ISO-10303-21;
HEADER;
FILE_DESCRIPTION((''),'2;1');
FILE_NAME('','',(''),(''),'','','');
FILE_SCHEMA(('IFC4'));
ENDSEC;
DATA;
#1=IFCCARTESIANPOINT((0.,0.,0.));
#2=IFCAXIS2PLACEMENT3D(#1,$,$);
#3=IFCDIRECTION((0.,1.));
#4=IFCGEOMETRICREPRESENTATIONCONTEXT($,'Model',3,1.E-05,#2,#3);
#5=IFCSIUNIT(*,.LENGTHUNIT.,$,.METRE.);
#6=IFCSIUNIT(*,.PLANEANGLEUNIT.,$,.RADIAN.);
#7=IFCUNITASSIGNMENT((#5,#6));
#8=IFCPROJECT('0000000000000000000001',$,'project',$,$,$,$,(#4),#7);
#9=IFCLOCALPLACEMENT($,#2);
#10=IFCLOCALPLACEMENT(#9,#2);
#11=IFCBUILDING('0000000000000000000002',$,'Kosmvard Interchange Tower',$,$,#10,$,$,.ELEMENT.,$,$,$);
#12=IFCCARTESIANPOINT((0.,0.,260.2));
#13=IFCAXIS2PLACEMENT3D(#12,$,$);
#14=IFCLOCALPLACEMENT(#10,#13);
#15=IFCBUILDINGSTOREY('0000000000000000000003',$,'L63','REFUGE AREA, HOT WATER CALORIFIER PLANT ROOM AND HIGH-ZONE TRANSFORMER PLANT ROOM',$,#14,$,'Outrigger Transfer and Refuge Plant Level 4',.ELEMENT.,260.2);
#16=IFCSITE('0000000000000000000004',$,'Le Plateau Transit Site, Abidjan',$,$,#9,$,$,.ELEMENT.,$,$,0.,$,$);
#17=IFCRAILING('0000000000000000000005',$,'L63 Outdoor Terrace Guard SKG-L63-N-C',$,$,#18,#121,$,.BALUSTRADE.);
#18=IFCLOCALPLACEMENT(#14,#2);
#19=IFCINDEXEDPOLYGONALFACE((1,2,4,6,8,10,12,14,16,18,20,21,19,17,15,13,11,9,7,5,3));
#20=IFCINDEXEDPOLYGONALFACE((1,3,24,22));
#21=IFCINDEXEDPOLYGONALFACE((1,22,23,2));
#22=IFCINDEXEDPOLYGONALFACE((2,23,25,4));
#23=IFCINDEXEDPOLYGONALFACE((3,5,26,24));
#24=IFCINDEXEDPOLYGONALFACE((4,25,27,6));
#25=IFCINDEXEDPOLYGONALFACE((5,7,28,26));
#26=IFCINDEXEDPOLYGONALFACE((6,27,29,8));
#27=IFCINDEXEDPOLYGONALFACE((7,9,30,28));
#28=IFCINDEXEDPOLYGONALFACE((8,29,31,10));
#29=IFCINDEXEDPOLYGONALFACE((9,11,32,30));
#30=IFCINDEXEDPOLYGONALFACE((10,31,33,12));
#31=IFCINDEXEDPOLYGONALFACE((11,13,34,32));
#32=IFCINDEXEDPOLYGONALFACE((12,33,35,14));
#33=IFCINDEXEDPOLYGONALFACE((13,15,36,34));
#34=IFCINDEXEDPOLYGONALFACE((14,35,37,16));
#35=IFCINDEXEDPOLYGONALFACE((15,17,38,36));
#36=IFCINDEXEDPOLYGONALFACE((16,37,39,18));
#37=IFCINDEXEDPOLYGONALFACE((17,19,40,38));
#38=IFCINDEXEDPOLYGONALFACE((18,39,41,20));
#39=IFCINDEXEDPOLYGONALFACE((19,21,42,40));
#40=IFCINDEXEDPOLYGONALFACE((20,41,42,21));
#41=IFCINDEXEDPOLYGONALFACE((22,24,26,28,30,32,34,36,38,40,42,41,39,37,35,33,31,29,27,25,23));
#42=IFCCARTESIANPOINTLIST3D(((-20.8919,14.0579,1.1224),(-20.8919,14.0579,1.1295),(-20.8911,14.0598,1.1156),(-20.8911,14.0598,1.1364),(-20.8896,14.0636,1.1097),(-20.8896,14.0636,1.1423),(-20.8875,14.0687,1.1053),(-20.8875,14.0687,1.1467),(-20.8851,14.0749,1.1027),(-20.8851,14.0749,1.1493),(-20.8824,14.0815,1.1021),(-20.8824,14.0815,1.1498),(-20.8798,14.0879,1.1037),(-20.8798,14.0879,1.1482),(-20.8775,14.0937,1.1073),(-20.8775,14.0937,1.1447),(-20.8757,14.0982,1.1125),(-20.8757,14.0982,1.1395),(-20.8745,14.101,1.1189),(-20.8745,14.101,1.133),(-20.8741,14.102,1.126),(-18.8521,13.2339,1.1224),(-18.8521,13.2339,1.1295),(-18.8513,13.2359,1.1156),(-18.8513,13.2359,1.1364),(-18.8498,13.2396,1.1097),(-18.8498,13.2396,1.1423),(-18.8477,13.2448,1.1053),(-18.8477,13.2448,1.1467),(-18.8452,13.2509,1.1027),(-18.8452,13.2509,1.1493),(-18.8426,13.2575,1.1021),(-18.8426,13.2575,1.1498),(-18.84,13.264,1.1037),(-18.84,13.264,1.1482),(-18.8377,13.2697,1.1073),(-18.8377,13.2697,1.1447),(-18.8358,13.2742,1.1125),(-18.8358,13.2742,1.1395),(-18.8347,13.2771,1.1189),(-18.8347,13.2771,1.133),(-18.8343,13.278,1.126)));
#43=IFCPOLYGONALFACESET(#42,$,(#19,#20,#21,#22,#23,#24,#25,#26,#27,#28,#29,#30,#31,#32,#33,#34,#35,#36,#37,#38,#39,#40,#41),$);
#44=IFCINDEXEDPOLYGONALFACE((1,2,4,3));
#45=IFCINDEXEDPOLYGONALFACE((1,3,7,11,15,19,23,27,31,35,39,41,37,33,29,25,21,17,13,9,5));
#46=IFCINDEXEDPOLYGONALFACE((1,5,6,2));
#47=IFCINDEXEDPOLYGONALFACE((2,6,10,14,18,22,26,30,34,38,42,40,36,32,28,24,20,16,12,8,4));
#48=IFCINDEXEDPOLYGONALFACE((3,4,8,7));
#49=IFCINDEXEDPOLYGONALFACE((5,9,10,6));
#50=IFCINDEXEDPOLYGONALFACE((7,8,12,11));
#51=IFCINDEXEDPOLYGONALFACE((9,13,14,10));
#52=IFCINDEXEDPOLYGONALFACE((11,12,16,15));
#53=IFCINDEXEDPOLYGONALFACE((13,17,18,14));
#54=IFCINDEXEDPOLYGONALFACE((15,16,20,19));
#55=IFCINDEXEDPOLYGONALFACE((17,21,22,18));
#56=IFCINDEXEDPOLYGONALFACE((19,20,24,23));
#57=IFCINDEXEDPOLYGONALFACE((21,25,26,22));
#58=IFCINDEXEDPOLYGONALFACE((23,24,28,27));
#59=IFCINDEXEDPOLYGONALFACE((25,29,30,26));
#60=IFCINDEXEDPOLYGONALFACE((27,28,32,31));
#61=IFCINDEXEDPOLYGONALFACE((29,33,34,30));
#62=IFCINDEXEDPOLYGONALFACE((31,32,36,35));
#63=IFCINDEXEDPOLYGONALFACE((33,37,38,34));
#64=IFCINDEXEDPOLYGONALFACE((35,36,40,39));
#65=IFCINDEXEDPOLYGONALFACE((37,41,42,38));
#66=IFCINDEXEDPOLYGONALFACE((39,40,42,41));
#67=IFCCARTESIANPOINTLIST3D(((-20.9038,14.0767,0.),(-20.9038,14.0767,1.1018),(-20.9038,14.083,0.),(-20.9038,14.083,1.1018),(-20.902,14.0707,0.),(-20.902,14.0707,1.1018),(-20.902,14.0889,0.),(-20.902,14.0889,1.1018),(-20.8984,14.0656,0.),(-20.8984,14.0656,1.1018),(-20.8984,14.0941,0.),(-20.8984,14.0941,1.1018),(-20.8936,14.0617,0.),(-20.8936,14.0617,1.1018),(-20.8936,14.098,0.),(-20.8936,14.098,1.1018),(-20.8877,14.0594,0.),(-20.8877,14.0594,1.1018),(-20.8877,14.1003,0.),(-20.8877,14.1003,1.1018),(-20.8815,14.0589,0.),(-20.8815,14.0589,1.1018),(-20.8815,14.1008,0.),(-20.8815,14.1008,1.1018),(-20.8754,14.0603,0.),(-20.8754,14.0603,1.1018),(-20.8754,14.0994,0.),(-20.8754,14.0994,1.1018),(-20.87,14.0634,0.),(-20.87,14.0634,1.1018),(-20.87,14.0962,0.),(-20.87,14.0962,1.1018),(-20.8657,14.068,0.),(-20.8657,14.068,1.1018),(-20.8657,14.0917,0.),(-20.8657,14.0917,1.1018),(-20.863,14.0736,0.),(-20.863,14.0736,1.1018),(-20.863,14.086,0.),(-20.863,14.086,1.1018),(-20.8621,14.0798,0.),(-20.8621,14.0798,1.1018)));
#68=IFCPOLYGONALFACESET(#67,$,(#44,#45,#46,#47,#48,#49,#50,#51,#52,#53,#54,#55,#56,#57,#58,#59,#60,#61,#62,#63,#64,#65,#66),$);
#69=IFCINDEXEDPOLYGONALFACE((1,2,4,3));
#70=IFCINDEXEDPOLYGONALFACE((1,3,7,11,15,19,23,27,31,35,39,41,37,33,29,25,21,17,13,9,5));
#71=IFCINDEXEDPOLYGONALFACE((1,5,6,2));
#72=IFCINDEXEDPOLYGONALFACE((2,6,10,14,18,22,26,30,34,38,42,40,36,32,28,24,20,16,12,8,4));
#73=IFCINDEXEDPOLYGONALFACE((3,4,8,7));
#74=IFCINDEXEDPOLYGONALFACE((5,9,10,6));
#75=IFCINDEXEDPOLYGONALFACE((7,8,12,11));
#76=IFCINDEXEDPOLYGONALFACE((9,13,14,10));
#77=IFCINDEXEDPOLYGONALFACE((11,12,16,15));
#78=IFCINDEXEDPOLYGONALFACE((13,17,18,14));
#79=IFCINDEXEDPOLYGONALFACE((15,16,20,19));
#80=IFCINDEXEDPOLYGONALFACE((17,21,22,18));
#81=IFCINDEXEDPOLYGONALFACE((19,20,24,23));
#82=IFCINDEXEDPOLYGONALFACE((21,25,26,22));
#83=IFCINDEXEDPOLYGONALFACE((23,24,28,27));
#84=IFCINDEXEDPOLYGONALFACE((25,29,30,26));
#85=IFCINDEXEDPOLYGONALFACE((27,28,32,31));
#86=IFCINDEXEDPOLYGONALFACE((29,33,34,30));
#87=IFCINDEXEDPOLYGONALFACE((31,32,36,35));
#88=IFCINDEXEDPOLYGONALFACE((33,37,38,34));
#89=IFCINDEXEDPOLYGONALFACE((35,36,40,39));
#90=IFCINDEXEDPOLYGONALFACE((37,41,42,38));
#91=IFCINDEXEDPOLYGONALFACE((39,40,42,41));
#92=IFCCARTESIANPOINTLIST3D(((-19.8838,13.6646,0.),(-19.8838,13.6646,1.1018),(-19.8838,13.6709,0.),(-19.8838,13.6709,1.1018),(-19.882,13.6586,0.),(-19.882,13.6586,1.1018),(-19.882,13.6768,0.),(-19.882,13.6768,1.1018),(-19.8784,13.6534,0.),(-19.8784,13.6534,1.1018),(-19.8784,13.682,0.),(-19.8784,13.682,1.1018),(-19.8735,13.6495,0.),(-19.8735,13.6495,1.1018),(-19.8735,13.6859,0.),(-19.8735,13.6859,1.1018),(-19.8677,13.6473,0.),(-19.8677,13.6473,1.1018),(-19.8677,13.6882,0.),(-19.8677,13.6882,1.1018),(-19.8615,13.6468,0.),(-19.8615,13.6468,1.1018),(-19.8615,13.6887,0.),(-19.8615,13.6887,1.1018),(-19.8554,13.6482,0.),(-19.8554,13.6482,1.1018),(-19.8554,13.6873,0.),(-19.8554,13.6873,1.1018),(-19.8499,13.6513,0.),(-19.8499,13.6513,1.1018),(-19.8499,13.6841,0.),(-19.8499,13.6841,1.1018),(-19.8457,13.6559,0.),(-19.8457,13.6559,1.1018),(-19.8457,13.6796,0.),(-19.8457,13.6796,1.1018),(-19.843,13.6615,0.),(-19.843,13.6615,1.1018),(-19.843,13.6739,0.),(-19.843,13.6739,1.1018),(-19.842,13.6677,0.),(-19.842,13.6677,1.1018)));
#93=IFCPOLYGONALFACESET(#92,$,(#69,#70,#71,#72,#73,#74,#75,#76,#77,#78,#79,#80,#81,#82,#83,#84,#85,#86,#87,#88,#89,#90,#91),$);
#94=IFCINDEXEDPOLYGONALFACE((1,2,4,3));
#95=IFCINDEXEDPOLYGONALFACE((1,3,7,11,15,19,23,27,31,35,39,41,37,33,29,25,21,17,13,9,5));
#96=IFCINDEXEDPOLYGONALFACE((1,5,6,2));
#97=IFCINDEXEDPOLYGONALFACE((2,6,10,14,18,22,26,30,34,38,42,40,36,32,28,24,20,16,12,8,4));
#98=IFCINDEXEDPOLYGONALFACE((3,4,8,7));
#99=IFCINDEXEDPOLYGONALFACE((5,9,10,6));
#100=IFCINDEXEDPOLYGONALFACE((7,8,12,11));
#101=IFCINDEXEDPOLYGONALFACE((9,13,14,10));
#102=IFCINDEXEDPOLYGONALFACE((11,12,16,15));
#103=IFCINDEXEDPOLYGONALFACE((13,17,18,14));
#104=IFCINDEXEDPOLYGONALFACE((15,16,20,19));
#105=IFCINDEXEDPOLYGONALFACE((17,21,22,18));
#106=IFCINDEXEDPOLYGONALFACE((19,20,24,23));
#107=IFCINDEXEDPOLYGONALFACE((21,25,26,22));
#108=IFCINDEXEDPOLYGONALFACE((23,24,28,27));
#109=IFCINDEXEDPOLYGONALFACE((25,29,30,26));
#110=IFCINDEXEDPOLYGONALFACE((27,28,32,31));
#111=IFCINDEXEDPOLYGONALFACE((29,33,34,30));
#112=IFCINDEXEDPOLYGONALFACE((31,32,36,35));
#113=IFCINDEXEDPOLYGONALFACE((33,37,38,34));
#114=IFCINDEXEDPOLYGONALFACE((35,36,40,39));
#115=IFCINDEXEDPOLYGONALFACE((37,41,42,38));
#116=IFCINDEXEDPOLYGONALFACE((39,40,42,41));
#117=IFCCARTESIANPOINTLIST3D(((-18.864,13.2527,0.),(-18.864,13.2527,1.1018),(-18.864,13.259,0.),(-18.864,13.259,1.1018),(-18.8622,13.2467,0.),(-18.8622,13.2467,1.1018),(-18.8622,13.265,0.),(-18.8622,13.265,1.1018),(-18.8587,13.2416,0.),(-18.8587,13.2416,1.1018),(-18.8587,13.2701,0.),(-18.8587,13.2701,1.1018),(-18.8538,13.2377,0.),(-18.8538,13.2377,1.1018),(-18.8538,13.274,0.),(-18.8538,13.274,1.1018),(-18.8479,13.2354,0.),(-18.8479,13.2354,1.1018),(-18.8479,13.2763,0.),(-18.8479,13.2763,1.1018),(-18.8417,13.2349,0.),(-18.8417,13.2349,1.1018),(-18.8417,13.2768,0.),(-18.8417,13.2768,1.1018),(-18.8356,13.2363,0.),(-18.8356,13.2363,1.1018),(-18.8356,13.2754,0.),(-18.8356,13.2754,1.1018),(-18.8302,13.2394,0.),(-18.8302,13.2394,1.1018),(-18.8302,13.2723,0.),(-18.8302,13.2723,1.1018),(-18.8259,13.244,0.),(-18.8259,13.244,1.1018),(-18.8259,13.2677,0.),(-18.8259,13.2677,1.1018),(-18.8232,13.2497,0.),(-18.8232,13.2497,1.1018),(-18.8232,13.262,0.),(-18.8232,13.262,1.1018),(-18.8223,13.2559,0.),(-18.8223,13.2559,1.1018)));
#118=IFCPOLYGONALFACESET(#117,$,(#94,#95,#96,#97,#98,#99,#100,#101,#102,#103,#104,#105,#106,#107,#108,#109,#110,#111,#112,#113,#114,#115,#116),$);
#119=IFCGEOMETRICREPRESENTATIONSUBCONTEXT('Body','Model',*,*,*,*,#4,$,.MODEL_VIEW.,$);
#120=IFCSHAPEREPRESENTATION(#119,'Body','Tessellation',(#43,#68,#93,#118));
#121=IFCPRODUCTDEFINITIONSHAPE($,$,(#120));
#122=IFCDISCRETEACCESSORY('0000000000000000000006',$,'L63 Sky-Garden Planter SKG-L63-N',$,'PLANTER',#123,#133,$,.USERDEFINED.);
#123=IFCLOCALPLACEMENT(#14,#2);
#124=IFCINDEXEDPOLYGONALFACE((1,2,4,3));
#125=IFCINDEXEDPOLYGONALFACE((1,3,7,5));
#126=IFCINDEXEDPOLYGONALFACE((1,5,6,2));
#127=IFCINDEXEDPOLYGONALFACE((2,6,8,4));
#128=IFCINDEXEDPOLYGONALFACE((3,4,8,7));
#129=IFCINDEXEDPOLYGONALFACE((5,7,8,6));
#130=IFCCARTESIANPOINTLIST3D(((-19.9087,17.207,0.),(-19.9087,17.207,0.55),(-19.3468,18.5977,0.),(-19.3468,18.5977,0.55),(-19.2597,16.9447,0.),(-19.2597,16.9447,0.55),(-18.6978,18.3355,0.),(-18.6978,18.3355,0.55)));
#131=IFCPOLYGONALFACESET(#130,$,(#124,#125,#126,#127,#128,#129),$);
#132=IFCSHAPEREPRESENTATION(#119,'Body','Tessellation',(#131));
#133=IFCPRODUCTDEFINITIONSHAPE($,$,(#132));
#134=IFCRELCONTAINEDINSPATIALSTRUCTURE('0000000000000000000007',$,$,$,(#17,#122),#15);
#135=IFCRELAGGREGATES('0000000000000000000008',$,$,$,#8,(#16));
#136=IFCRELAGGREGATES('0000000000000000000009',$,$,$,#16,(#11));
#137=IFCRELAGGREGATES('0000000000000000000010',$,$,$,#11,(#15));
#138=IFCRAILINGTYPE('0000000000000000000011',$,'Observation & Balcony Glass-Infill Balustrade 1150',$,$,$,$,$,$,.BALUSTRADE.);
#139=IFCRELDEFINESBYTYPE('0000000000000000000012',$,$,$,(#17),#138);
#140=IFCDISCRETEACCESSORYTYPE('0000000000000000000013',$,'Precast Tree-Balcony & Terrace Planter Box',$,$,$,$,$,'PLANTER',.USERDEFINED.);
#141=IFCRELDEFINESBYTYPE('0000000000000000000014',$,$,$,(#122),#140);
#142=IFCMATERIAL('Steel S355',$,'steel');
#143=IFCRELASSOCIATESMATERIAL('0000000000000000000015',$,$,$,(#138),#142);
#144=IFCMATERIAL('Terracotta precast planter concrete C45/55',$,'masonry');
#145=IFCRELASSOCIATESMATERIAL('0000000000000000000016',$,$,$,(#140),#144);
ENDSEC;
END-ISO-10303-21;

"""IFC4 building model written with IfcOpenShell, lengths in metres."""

from ifc_helpers import new_model, si_unit, direction, frame, origin, origin_2d, place, context, subcontext, project, spatial, rectangle, circle, extrude, source, transform, mapped, material, type_object, element, save


model = new_model("IFC4")

# Units and contexts
model_context = context("Model", 3, precision=1e-05, world=origin(), true_north=direction((0.0, 1.0)))
body_context = subcontext(model_context, "Body", "Model", "MODEL_VIEW")
ifc_project = project(units=[si_unit("LENGTHUNIT", "METRE"), si_unit("PLANEANGLEUNIT", "RADIAN")], contexts=[model_context])

# Site, building, storey
site_placement = place(None, origin())
site = spatial("IfcSite", under=ifc_project, at=site_placement, Name="Le Plateau Transit Site, Abidjan", CompositionType="ELEMENT", RefElevation=0.0)
building_placement = place(site_placement, origin())
building = spatial("IfcBuilding", under=site, at=building_placement, Name="Kosmvard Interchange Tower", CompositionType="ELEMENT")
storey_placement = place(building_placement, frame((0.0, 0.0, 260.2)))
storey = spatial("IfcBuildingStorey", under=building, at=storey_placement, Name="L63", Description="REFUGE AREA, HOT WATER CALORIFIER PLANT ROOM AND HIGH-ZONE TRANSFORMER PLANT ROOM", LongName="Outrigger Transfer and Refuge Plant Level 4", CompositionType="ELEMENT", Elevation=260.2)

# Shared definitions
ifc_material_1 = material(Name="Steel S355", Category="steel")

# Railing
railing_type = type_object("IfcRailingType", Name="Observation & Balcony Glass-Infill Balustrade 1150", PredefinedType="BALUSTRADE", material=ifc_material_1)
shared_shape_1 = source(origin(), body_context, "Body", "SweptSolid", [
    extrude(circle(Radius=0.0239, at=origin_2d()), frame((0.0, 0.0, 1.126), z_axis=(0.927208, -0.374546, 0.0), x_axis=(0.374546, 0.927208, 0.0)), (0.0, 0.0, 1.0), 2.2),
    extrude(circle(Radius=0.021, at=origin_2d()), origin(), (0.0, 0.0, 1.0), 1.1018),
    extrude(circle(Radius=0.021, at=origin_2d()), frame((1.02, -0.4121, 0.0)), (0.0, 0.0, 1.0), 1.1018),
    extrude(circle(Radius=0.021, at=origin_2d()), frame((2.0398, -0.824, 0.0)), (0.0, 0.0, 1.0), 1.1018),
])
railing_1_placement = place(storey_placement, frame((-20.8831, 14.0798, 0.0)))
element("IfcRailing", 1, at=railing_1_placement, inside=storey, type_object=railing_type, Name="L63 Outdoor Terrace Guard SKG-L63-N-C", PredefinedType="BALUSTRADE", context=body_context, shape_type="MappedRepresentation", body=[
    mapped(shared_shape_1, transform((0.0, 0.0, 0.0), scale=1.0)),
])

# Discrete accessory
ifc_material_2 = material(Name="Terracotta precast planter concrete C45/55", Category="masonry")
discrete_accessory_type = type_object("IfcDiscreteAccessoryType", Name="Precast Tree-Balcony & Terrace Planter Box", ElementType="PLANTER", PredefinedType="USERDEFINED", material=ifc_material_2)
shared_shape_2 = source(origin(), body_context, "Body", "SweptSolid", [
    extrude(rectangle(XDim=1.5, YDim=0.7, at=origin_2d()), origin(), (0.0, 0.0, 1.0), 0.55),
])
discrete_accessory_placement = place(storey_placement, frame((-19.3032, 17.7712, 0.0), z_axis=(0.0, 0.0, 1.0), x_axis=(0.374607, 0.927184, 0.0)))
element("IfcDiscreteAccessory", 2, at=discrete_accessory_placement, inside=storey, type_object=discrete_accessory_type, Name="L63 Sky-Garden Planter SKG-L63-N", ObjectType="PLANTER", PredefinedType="USERDEFINED", context=body_context, shape_type="MappedRepresentation", body=[
    mapped(shared_shape_2, transform((0.0, 0.0, 0.0), scale=1.0)),
])

save(model, "model.ifc")
